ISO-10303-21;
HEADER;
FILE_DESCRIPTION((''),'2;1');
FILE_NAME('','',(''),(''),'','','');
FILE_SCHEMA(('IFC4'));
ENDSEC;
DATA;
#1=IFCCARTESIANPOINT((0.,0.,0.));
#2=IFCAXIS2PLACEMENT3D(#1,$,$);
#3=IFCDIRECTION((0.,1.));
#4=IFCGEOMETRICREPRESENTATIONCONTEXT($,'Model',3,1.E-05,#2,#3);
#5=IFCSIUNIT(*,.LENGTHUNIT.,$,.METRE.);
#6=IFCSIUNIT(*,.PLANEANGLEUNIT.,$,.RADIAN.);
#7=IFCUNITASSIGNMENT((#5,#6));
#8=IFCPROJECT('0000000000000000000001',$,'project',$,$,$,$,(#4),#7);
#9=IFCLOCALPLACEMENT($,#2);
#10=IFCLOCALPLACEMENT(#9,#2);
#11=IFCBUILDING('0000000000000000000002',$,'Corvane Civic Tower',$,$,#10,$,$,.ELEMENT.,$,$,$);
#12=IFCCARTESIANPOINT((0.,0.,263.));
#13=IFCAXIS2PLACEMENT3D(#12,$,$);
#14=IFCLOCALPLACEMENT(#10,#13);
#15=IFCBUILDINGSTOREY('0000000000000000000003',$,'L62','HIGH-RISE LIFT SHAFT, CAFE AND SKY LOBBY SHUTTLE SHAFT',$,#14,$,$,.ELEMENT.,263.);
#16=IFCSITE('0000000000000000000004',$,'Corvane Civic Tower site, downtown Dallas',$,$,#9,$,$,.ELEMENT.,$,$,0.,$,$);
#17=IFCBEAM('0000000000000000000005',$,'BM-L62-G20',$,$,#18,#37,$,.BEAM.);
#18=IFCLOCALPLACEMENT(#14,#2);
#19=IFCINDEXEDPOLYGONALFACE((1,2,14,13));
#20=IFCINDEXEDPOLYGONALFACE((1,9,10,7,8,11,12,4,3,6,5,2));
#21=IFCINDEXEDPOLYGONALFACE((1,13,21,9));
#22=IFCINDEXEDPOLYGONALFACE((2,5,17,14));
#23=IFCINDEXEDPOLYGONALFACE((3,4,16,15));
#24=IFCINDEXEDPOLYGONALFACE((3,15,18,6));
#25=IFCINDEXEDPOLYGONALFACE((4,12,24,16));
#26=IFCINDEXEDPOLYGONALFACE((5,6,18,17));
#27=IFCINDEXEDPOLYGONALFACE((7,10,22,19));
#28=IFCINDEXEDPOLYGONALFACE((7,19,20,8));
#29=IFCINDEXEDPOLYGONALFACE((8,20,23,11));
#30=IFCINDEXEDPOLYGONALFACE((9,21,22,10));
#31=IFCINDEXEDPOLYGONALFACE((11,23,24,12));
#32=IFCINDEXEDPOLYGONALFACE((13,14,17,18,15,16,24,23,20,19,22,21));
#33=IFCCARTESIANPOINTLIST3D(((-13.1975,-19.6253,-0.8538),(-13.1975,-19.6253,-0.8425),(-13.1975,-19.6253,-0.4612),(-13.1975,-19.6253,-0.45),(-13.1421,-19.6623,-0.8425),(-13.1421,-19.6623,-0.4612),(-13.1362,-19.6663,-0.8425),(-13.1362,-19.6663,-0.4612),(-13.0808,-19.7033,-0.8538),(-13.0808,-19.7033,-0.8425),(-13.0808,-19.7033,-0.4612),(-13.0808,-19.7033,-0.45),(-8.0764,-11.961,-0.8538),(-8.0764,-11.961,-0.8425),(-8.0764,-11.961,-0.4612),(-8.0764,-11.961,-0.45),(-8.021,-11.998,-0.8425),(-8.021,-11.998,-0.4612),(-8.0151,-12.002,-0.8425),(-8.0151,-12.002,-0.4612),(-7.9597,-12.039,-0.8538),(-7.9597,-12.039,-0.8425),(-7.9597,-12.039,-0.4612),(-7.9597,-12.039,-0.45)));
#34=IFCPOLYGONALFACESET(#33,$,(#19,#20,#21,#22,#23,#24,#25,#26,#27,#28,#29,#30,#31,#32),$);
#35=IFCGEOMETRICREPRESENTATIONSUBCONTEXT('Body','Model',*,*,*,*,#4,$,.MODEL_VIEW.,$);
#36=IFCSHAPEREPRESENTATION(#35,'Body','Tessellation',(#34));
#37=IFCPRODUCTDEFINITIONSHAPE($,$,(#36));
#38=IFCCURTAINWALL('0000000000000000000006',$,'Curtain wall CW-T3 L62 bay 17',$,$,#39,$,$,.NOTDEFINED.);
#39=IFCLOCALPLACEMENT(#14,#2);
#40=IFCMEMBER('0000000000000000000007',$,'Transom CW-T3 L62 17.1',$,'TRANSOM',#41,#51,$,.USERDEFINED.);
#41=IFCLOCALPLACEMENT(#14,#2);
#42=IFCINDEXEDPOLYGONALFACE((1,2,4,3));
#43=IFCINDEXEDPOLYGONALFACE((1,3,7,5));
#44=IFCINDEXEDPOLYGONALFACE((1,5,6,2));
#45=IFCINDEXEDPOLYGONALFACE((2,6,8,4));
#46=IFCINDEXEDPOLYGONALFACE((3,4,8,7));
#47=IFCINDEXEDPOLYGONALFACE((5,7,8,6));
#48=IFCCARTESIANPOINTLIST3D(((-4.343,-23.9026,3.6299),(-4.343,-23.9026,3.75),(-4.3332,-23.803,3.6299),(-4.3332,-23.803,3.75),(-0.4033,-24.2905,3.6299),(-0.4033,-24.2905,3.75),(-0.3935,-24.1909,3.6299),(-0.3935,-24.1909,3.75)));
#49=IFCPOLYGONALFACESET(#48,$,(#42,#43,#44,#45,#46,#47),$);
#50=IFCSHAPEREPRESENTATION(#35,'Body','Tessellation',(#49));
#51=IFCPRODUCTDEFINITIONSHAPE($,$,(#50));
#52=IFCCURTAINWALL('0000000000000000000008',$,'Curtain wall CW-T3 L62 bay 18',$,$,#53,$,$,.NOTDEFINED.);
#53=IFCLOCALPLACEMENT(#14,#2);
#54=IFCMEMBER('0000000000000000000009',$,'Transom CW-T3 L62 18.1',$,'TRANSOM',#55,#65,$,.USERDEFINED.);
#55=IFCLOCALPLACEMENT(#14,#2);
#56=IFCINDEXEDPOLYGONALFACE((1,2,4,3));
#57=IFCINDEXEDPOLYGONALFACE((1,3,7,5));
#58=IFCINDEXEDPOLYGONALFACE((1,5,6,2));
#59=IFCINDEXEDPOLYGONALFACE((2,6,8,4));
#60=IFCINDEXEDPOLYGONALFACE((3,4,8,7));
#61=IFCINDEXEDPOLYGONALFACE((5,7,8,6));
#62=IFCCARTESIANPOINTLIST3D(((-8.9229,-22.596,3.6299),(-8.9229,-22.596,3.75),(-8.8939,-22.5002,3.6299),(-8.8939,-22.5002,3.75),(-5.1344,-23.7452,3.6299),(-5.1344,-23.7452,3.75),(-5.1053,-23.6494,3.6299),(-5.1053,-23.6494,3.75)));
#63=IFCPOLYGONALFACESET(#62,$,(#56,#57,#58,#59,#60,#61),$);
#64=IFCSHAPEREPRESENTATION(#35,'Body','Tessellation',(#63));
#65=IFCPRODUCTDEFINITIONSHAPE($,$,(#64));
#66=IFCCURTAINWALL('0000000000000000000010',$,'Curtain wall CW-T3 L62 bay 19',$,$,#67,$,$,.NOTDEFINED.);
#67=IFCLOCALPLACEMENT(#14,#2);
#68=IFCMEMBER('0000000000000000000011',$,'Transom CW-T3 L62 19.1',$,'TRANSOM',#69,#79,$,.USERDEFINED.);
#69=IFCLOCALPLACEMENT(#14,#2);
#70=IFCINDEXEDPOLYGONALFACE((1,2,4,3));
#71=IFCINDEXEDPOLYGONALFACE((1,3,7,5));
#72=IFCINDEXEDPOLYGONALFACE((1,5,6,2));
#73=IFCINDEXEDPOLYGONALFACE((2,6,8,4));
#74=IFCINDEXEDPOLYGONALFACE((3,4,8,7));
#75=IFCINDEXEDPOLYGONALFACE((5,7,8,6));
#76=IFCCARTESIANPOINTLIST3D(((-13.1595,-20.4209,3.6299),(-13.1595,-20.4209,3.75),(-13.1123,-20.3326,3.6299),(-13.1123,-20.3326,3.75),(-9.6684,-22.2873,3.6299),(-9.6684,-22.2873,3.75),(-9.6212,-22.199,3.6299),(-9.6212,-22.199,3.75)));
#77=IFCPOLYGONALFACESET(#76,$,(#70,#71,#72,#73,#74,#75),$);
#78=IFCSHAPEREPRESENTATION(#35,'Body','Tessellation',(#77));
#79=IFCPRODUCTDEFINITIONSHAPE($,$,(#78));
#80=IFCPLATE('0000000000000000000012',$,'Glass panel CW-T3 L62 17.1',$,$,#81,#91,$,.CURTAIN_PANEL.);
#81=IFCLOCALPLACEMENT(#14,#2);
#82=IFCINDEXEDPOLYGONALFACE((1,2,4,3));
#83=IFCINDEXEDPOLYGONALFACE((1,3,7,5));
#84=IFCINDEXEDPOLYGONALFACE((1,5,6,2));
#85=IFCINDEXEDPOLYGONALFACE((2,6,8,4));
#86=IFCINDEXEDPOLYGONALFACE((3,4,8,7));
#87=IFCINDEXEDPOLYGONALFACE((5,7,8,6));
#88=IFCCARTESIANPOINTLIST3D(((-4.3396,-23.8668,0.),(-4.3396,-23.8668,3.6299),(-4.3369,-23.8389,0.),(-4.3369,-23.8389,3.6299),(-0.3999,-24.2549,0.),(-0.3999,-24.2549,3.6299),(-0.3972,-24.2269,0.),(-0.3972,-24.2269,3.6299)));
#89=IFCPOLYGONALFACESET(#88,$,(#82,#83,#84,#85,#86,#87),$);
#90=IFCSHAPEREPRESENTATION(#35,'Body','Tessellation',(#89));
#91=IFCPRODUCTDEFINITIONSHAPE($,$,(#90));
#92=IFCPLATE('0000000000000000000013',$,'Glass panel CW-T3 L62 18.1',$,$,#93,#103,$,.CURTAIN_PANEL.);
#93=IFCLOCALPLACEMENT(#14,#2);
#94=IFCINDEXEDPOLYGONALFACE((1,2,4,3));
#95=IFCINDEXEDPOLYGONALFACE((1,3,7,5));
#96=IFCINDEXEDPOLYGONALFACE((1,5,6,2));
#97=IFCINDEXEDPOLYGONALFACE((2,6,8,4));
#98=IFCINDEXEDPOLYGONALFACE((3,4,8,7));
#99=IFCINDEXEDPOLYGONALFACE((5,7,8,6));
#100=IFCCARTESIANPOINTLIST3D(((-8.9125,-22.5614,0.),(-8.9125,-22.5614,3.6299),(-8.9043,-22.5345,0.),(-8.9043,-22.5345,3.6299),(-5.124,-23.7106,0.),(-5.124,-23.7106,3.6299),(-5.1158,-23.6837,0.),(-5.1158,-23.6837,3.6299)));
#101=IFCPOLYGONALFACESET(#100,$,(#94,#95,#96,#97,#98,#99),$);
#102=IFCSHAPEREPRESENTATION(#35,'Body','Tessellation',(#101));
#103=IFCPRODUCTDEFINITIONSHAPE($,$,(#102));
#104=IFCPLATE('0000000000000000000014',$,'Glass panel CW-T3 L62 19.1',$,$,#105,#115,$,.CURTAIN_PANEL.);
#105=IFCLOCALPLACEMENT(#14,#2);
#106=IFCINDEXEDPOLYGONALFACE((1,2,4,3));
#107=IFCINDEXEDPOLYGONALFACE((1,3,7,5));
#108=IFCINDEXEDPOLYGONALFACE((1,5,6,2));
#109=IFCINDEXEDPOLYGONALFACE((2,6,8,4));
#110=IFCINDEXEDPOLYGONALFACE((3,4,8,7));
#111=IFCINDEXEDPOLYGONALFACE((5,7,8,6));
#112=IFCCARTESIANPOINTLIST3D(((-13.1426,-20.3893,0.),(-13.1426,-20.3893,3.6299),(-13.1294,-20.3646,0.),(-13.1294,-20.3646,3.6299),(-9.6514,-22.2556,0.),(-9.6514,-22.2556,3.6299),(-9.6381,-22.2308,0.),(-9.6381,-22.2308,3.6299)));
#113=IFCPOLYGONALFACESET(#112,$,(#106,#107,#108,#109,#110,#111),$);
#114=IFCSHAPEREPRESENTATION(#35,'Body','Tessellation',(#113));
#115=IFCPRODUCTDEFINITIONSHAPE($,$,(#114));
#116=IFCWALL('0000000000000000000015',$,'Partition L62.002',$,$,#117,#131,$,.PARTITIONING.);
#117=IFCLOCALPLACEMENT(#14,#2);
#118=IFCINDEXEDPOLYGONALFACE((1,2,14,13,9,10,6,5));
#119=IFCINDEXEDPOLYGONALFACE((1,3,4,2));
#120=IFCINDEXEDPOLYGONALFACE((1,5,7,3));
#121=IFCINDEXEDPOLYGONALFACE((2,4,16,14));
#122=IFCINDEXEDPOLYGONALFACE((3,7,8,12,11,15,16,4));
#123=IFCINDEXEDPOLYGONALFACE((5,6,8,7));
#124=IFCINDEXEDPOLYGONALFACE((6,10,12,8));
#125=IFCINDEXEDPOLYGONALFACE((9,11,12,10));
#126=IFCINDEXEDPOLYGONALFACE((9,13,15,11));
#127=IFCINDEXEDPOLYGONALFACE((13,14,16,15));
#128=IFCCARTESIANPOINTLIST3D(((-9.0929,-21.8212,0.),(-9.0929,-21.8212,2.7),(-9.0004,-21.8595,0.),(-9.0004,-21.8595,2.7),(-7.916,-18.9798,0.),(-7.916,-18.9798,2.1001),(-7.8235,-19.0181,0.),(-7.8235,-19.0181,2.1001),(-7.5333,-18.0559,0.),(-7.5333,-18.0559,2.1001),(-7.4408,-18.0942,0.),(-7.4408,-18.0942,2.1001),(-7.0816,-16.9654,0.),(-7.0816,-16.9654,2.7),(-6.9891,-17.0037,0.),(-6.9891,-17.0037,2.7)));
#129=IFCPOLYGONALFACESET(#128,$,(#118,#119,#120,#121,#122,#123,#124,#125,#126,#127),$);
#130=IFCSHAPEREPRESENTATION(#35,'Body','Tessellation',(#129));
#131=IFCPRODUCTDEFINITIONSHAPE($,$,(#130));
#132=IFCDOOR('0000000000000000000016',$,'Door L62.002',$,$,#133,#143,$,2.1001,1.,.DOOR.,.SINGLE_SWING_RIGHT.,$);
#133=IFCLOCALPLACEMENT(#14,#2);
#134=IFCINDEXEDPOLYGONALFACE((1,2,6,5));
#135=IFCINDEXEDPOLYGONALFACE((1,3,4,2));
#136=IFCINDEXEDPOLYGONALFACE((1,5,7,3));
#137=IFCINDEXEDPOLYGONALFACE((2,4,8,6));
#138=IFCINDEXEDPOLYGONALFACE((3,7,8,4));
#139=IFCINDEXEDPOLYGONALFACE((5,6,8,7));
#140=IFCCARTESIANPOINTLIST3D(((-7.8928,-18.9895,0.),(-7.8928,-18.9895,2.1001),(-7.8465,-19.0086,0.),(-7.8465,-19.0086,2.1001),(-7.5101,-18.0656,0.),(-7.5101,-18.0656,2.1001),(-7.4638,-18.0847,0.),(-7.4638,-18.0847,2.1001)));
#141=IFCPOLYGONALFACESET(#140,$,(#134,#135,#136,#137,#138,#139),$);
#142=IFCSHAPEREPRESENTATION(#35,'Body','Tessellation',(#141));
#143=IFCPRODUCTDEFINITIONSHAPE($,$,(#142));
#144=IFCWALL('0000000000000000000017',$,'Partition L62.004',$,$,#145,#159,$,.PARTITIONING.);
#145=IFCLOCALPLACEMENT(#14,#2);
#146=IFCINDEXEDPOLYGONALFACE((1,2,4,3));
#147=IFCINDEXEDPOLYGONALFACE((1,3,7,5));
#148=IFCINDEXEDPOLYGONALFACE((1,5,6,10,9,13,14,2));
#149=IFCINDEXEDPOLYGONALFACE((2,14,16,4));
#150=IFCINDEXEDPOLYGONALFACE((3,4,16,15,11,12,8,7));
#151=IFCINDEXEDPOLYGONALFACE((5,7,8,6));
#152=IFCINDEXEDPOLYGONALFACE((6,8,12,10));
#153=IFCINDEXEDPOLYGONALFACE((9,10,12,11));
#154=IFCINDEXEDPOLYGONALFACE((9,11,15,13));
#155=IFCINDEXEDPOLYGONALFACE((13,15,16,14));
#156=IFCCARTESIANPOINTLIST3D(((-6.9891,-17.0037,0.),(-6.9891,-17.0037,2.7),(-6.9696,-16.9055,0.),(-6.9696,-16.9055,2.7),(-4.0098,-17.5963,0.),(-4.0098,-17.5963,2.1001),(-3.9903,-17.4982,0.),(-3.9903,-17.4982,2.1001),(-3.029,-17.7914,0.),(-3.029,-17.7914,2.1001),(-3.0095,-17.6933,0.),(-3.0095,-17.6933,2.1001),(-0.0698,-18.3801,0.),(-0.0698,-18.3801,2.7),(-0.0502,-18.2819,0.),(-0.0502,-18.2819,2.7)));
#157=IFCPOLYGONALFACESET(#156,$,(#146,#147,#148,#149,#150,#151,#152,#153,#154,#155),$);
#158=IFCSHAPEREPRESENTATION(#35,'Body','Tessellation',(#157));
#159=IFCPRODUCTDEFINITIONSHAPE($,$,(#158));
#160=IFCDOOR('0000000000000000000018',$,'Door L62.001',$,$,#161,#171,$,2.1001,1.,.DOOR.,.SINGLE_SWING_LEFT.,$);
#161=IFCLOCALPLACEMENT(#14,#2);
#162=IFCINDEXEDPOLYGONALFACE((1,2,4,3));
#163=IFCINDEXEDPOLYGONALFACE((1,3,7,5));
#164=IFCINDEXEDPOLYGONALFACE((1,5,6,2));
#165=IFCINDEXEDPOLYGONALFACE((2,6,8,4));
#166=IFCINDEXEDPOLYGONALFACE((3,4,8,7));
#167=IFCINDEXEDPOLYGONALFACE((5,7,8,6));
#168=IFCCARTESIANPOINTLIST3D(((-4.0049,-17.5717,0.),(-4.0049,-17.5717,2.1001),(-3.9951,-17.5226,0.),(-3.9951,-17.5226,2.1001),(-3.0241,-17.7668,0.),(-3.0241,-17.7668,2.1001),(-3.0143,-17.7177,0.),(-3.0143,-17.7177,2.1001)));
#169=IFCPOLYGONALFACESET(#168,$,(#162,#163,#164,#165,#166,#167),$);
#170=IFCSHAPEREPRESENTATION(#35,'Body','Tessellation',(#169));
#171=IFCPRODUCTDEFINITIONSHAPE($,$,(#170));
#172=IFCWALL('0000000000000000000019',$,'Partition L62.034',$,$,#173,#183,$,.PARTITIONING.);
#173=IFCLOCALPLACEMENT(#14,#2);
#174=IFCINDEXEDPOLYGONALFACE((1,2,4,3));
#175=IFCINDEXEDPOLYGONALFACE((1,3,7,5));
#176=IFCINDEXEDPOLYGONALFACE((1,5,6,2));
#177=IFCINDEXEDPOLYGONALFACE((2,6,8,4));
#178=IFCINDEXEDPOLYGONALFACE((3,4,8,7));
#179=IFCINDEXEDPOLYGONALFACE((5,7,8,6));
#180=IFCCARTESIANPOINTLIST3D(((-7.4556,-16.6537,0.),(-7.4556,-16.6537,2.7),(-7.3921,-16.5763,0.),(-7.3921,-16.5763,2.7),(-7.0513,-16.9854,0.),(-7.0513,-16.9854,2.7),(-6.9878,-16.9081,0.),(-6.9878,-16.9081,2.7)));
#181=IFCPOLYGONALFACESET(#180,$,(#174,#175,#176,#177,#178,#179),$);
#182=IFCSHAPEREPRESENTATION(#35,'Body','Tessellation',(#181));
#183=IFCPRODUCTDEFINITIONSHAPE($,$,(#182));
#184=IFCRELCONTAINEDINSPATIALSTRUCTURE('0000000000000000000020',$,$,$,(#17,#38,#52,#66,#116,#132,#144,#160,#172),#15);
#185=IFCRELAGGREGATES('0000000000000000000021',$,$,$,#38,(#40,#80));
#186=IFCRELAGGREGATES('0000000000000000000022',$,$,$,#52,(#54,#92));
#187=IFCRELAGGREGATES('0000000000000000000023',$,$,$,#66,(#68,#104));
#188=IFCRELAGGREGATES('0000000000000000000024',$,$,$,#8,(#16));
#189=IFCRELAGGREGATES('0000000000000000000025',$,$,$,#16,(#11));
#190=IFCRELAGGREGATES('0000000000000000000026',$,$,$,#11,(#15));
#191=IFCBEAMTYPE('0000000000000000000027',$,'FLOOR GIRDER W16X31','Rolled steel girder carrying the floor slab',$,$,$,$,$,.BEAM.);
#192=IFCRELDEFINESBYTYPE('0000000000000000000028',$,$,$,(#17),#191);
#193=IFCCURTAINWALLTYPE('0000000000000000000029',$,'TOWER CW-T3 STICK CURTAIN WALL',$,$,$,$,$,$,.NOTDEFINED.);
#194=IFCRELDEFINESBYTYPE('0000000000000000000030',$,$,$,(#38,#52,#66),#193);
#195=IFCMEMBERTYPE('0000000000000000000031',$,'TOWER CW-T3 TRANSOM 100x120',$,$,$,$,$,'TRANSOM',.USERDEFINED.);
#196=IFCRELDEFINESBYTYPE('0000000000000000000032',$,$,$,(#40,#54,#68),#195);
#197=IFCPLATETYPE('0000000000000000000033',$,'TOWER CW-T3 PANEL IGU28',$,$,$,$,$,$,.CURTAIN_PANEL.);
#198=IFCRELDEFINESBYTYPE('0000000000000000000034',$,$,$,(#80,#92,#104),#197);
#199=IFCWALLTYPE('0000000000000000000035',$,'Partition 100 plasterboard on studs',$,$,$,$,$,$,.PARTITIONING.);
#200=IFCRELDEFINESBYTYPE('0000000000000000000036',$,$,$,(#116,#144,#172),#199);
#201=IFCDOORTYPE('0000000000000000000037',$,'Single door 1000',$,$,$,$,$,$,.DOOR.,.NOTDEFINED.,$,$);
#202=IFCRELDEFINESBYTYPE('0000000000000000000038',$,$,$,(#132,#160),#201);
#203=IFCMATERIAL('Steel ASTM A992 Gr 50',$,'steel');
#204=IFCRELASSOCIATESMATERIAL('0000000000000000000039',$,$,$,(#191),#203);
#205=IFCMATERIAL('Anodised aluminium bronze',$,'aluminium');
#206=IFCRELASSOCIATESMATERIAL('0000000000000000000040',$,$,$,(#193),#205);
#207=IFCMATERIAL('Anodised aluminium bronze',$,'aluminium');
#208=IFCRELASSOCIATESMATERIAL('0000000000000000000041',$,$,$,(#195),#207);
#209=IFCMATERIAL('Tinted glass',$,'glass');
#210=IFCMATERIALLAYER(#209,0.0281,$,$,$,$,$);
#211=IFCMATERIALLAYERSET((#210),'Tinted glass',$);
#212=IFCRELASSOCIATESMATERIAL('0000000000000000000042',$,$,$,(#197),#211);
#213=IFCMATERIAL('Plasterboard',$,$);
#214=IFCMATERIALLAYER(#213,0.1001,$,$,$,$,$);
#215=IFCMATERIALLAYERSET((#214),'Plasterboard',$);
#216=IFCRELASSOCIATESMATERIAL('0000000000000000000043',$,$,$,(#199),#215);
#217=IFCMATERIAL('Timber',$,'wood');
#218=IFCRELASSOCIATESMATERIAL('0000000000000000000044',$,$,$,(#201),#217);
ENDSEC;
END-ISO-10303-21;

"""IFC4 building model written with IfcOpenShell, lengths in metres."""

from ifc_helpers import new_model, si_unit, direction, frame, frame_2d, origin, origin_2d, place, context, subcontext, project, spatial, rectangle, i_section, extrude, material, layer, layer_set, material_profile, profile_set, type_object, element, fill, aggregate, save


model = new_model("IFC4")

# Units and contexts
model_context = context("Model", 3, precision=1e-05, world=origin(), true_north=direction((0.0, 1.0)))
body_context = subcontext(model_context, "Body", "Model", "MODEL_VIEW")
ifc_project = project(units=[si_unit("LENGTHUNIT", "METRE"), si_unit("PLANEANGLEUNIT", "RADIAN")], contexts=[model_context])

# Site, building, storey
site_placement = place(None, origin())
site = spatial("IfcSite", under=ifc_project, at=site_placement, Name="Corvane Civic Tower site, downtown Dallas", CompositionType="ELEMENT", RefElevation=0.0)
building_placement = place(site_placement, origin())
building = spatial("IfcBuilding", under=site, at=building_placement, Name="Corvane Civic Tower", CompositionType="ELEMENT")
storey_placement = place(building_placement, frame((0.0, 0.0, 263.0)))
storey = spatial("IfcBuildingStorey", under=building, at=storey_placement, Name="L62", Description="HIGH-RISE LIFT SHAFT, CAFE AND SKY LOBBY SHUTTLE SHAFT", CompositionType="ELEMENT", Elevation=263.0)

# Beam
ifc_material_1 = material(Name="Steel ASTM A992 Gr 50", Category="steel")
ifc_material_profile_1 = material_profile(ifc_material_1, i_section(OverallWidth=0.1404, OverallDepth=0.4038, WebThickness=0.0071, FlangeThickness=0.0112, at=origin_2d()), Name="W16X31")
ifc_profile_set_1 = profile_set([ifc_material_profile_1], Name="Steel ASTM A992 Gr 50")
beam_type_1 = type_object("IfcBeamType", Name="FLOOR GIRDER W16X31", Description="Rolled steel girder carrying the floor slab", PredefinedType="BEAM", material=ifc_profile_set_1)
beam_1_placement = place(storey_placement, frame((-8.0181, -12.0, -0.6519), z_axis=(-0.555568, -0.831471, 0.0), x_axis=(0.831471, -0.555568, 0.0)))
element("IfcBeam", 1, at=beam_1_placement, inside=storey, type_object=beam_type_1, Name="BM-L62-G20", PredefinedType="BEAM", context=body_context, shape_type="SweptSolid", body=[
    extrude(i_section(OverallWidth=0.1404, OverallDepth=0.4038, WebThickness=0.0071, FlangeThickness=0.0112, at=origin_2d()), origin(), (0.0, 0.0, 1.0), 9.2178),
])

# Curtain walls, members
ifc_material_2 = material(Name="Anodised aluminium bronze", Category="aluminium")
curtain_wall_type = type_object("IfcCurtainWallType", Name="TOWER CW-T3 STICK CURTAIN WALL", PredefinedType="NOTDEFINED", material=ifc_material_2)
curtain_wall_1_placement = place(storey_placement, origin())
curtain_wall_1 = element("IfcCurtainWall", 2, at=curtain_wall_1_placement, inside=storey, type_object=curtain_wall_type, Name="Curtain wall CW-T3 L62 bay 17", PredefinedType="NOTDEFINED")
ifc_material_3 = material(Name="Anodised aluminium bronze", Category="aluminium")
ifc_material_profile_2 = material_profile(ifc_material_3, rectangle(XDim=0.1001, YDim=0.1201, at=origin_2d()), Name="TOWER CW-T3 TRANSOM 100x120")
ifc_profile_set_2 = profile_set([ifc_material_profile_2], Name="Anodised aluminium bronze")
member_type = type_object("IfcMemberType", Name="TOWER CW-T3 TRANSOM 100x120", ElementType="TRANSOM", PredefinedType="USERDEFINED", material=ifc_profile_set_2)
member_1_placement = place(storey_placement, frame((-0.3984, -24.2407, 3.6899), z_axis=(-0.995187, 0.097995, 0.0), x_axis=(-0.097995, -0.995187, 0.0)))
member_1 = element("IfcMember", 3, at=member_1_placement, type_object=member_type, Name="Transom CW-T3 L62 17.1", ObjectType="TRANSOM", PredefinedType="USERDEFINED", context=body_context, shape_type="SweptSolid", body=[
    extrude(rectangle(XDim=0.1001, YDim=0.1201, at=origin_2d()), origin(), (0.0, 0.0, 1.0), 3.9587),
])
curtain_wall_2_placement = place(storey_placement, origin())
curtain_wall_2 = element("IfcCurtainWall", 4, at=curtain_wall_2_placement, inside=storey, type_object=curtain_wall_type, Name="Curtain wall CW-T3 L62 bay 18", PredefinedType="NOTDEFINED")
member_2_placement = place(storey_placement, frame((-5.1199, -23.6973, 3.6899), z_axis=(-0.956946, 0.290266, 0.0), x_axis=(-0.290266, -0.956946, 0.0)))
member_2 = element("IfcMember", 5, at=member_2_placement, type_object=member_type, Name="Transom CW-T3 L62 18.1", ObjectType="TRANSOM", PredefinedType="USERDEFINED", context=body_context, shape_type="SweptSolid", body=[
    extrude(rectangle(XDim=0.1001, YDim=0.1201, at=origin_2d()), origin(), (0.0, 0.0, 1.0), 3.959),
])
curtain_wall_3_placement = place(storey_placement, origin())
curtain_wall_3 = element("IfcCurtainWall", 6, at=curtain_wall_3_placement, inside=storey, type_object=curtain_wall_type, Name="Curtain wall CW-T3 L62 bay 19", PredefinedType="NOTDEFINED")
member_3_placement = place(storey_placement, frame((-9.6448, -22.2432, 3.6899), z_axis=(-0.881883, 0.471468, 0.0), x_axis=(-0.471468, -0.881883, 0.0)))
member_3 = element("IfcMember", 7, at=member_3_placement, type_object=member_type, Name="Transom CW-T3 L62 19.1", ObjectType="TRANSOM", PredefinedType="USERDEFINED", context=body_context, shape_type="SweptSolid", body=[
    extrude(rectangle(XDim=0.1001, YDim=0.1201, at=origin_2d()), origin(), (0.0, 0.0, 1.0), 3.9587),
])

# Plates
ifc_material_4 = material(Name="Tinted glass", Category="glass")
ifc_layer_1 = layer(ifc_material_4, 0.0281)
ifc_layer_set_1 = layer_set([ifc_layer_1], Name="Tinted glass")
plate_type = type_object("IfcPlateType", Name="TOWER CW-T3 PANEL IGU28", PredefinedType="CURTAIN_PANEL", material=ifc_layer_set_1)
plate_1_placement = place(storey_placement, frame((-2.3684, -24.0469, 0.0), z_axis=(0.0, 0.0, 1.0), x_axis=(-0.995184, 0.098021, 0.0)))
plate_1 = element("IfcPlate", 8, at=plate_1_placement, type_object=plate_type, Name="Glass panel CW-T3 L62 17.1", PredefinedType="CURTAIN_PANEL", context=body_context, shape_type="SweptSolid", body=[
    extrude(rectangle(XDim=3.9587, YDim=0.0281, at=origin_2d()), origin(), (0.0, 0.0, 1.0), 3.6299),
])
aggregate(curtain_wall_1, [member_1, plate_1])
plate_2_placement = place(storey_placement, frame((-7.0142, -23.1226, 0.0), z_axis=(0.0, 0.0, 1.0), x_axis=(-0.956944, 0.290274, 0.0)))
plate_2 = element("IfcPlate", 9, at=plate_2_placement, type_object=plate_type, Name="Glass panel CW-T3 L62 18.1", PredefinedType="CURTAIN_PANEL", context=body_context, shape_type="SweptSolid", body=[
    extrude(rectangle(XDim=3.959, YDim=0.0281, at=origin_2d()), origin(), (0.0, 0.0, 1.0), 3.6299),
])
aggregate(curtain_wall_2, [member_2, plate_2])
plate_3_placement = place(storey_placement, frame((-11.3904, -21.3101, 0.0), z_axis=(0.0, 0.0, 1.0), x_axis=(-0.881908, 0.471421, 0.0)))
plate_3 = element("IfcPlate", 10, at=plate_3_placement, type_object=plate_type, Name="Glass panel CW-T3 L62 19.1", PredefinedType="CURTAIN_PANEL", context=body_context, shape_type="SweptSolid", body=[
    extrude(rectangle(XDim=3.9587, YDim=0.0281, at=origin_2d()), origin(), (0.0, 0.0, 1.0), 3.6299),
])
aggregate(curtain_wall_3, [member_3, plate_3])

# Walls, openings, doors
ifc_material_5 = material(Name="Plasterboard")
ifc_layer_2 = layer(ifc_material_5, 0.1001)
ifc_layer_set_2 = layer_set([ifc_layer_2], Name="Plasterboard")
wall_type = type_object("IfcWallType", Name="Partition 100 plasterboard on studs", PredefinedType="PARTITIONING", material=ifc_layer_set_2)
wall_1_placement = place(storey_placement, frame((-9.0466, -21.8403, 0.0), z_axis=(0.0, 0.0, 1.0), x_axis=(0.382672, 0.923884, 0.0)))
wall_1 = element("IfcWall", 11, at=wall_1_placement, inside=storey, type_object=wall_type, Name="Partition L62.002", PredefinedType="PARTITIONING", context=body_context, shape_type="SweptSolid", body=[
    extrude(rectangle(XDim=5.2559, YDim=0.1001, at=frame_2d((2.6279, 0.0))), origin(), (0.0, 0.0, 1.0), 2.7),
])
opening_1_placement = place(wall_1_placement, frame((3.0754, 0.0, 0.0)))
opening_1 = element("IfcOpeningElement", 12, at=opening_1_placement, cuts=wall_1, PredefinedType="OPENING", context=body_context, shape_type="SweptSolid", body=[
    extrude(rectangle(XDim=1.0, YDim=2.1001, at=frame_2d((0.5, 1.05))), frame((0.0, 0.0601, 0.0), z_axis=(0.0, -1.0, 0.0), x_axis=(1.0, 0.0, 0.0)), (0.0, 0.0, 1.0), 0.1201),
])
ifc_material_6 = material(Name="Timber", Category="wood")
door_type = type_object("IfcDoorType", Name="Single door 1000", OperationType="NOTDEFINED", PredefinedType="DOOR", material=ifc_material_6)
door_1_placement = place(opening_1_placement, origin())
door_1 = element("IfcDoor", 13, at=door_1_placement, inside=storey, type_object=door_type, Name="Door L62.002", OperationType="SINGLE_SWING_RIGHT", OverallHeight=2.1001, OverallWidth=1.0, PredefinedType="DOOR", context=body_context, shape_type="SweptSolid", body=[
    extrude(rectangle(XDim=1.0, YDim=2.1001, at=frame_2d((0.5, 1.05))), frame((0.0, 0.0249, 0.0), z_axis=(0.0, -1.0, 0.0), x_axis=(1.0, 0.0, 0.0)), (0.0, 0.0, 1.0), 0.05),
])
fill(opening_1, door_1)
wall_2_placement = place(storey_placement, frame((-6.9792, -16.9546, 0.0), z_axis=(0.0, 0.0, 1.0), x_axis=(0.980782, -0.195104, 0.0)))
wall_2 = element("IfcWall", 14, at=wall_2_placement, inside=storey, type_object=wall_type, Name="Partition L62.004", PredefinedType="PARTITIONING", context=body_context, shape_type="SweptSolid", body=[
    extrude(rectangle(XDim=7.0549, YDim=0.1001, at=frame_2d((3.5273, 0.0))), origin(), (0.0, 0.0, 1.0), 2.7),
])
opening_2_placement = place(wall_2_placement, frame((3.0376, 0.0, 0.0)))
opening_2 = element("IfcOpeningElement", 15, at=opening_2_placement, cuts=wall_2, PredefinedType="OPENING", context=body_context, shape_type="SweptSolid", body=[
    extrude(rectangle(XDim=1.0, YDim=2.1001, at=frame_2d((0.5, 1.05))), frame((0.0, 0.0601, 0.0), z_axis=(0.0, -1.0, 0.0), x_axis=(1.0, 0.0, 0.0)), (0.0, 0.0, 1.0), 0.1201),
])
door_2_placement = place(opening_2_placement, frame((1.0, 0.0, 0.0), z_axis=(0.0, 0.0, 1.0), x_axis=(-1.0, 0.0, 0.0)))
door_2 = element("IfcDoor", 16, at=door_2_placement, inside=storey, type_object=door_type, Name="Door L62.001", OperationType="SINGLE_SWING_LEFT", OverallHeight=2.1001, OverallWidth=1.0, PredefinedType="DOOR", context=body_context, shape_type="SweptSolid", body=[
    extrude(rectangle(XDim=1.0, YDim=2.1001, at=frame_2d((0.5, 1.05))), frame((0.0, 0.0249, 0.0), z_axis=(0.0, -1.0, 0.0), x_axis=(1.0, 0.0, 0.0)), (0.0, 0.0, 1.0), 0.05),
])
fill(opening_2, door_2)

# Wall
wall_3_placement = place(storey_placement, frame((-7.4238, -16.615, 0.0), z_axis=(0.0, 0.0, 1.0), x_axis=(0.773021, -0.634381, 0.0)))
element("IfcWall", 17, at=wall_3_placement, inside=storey, type_object=wall_type, Name="Partition L62.034", PredefinedType="PARTITIONING", context=body_context, shape_type="SweptSolid", body=[
    extrude(rectangle(XDim=0.5229, YDim=0.1001, at=frame_2d((0.2615, 0.0))), origin(), (0.0, 0.0, 1.0), 2.7),
])

save(model, "model.ifc")
